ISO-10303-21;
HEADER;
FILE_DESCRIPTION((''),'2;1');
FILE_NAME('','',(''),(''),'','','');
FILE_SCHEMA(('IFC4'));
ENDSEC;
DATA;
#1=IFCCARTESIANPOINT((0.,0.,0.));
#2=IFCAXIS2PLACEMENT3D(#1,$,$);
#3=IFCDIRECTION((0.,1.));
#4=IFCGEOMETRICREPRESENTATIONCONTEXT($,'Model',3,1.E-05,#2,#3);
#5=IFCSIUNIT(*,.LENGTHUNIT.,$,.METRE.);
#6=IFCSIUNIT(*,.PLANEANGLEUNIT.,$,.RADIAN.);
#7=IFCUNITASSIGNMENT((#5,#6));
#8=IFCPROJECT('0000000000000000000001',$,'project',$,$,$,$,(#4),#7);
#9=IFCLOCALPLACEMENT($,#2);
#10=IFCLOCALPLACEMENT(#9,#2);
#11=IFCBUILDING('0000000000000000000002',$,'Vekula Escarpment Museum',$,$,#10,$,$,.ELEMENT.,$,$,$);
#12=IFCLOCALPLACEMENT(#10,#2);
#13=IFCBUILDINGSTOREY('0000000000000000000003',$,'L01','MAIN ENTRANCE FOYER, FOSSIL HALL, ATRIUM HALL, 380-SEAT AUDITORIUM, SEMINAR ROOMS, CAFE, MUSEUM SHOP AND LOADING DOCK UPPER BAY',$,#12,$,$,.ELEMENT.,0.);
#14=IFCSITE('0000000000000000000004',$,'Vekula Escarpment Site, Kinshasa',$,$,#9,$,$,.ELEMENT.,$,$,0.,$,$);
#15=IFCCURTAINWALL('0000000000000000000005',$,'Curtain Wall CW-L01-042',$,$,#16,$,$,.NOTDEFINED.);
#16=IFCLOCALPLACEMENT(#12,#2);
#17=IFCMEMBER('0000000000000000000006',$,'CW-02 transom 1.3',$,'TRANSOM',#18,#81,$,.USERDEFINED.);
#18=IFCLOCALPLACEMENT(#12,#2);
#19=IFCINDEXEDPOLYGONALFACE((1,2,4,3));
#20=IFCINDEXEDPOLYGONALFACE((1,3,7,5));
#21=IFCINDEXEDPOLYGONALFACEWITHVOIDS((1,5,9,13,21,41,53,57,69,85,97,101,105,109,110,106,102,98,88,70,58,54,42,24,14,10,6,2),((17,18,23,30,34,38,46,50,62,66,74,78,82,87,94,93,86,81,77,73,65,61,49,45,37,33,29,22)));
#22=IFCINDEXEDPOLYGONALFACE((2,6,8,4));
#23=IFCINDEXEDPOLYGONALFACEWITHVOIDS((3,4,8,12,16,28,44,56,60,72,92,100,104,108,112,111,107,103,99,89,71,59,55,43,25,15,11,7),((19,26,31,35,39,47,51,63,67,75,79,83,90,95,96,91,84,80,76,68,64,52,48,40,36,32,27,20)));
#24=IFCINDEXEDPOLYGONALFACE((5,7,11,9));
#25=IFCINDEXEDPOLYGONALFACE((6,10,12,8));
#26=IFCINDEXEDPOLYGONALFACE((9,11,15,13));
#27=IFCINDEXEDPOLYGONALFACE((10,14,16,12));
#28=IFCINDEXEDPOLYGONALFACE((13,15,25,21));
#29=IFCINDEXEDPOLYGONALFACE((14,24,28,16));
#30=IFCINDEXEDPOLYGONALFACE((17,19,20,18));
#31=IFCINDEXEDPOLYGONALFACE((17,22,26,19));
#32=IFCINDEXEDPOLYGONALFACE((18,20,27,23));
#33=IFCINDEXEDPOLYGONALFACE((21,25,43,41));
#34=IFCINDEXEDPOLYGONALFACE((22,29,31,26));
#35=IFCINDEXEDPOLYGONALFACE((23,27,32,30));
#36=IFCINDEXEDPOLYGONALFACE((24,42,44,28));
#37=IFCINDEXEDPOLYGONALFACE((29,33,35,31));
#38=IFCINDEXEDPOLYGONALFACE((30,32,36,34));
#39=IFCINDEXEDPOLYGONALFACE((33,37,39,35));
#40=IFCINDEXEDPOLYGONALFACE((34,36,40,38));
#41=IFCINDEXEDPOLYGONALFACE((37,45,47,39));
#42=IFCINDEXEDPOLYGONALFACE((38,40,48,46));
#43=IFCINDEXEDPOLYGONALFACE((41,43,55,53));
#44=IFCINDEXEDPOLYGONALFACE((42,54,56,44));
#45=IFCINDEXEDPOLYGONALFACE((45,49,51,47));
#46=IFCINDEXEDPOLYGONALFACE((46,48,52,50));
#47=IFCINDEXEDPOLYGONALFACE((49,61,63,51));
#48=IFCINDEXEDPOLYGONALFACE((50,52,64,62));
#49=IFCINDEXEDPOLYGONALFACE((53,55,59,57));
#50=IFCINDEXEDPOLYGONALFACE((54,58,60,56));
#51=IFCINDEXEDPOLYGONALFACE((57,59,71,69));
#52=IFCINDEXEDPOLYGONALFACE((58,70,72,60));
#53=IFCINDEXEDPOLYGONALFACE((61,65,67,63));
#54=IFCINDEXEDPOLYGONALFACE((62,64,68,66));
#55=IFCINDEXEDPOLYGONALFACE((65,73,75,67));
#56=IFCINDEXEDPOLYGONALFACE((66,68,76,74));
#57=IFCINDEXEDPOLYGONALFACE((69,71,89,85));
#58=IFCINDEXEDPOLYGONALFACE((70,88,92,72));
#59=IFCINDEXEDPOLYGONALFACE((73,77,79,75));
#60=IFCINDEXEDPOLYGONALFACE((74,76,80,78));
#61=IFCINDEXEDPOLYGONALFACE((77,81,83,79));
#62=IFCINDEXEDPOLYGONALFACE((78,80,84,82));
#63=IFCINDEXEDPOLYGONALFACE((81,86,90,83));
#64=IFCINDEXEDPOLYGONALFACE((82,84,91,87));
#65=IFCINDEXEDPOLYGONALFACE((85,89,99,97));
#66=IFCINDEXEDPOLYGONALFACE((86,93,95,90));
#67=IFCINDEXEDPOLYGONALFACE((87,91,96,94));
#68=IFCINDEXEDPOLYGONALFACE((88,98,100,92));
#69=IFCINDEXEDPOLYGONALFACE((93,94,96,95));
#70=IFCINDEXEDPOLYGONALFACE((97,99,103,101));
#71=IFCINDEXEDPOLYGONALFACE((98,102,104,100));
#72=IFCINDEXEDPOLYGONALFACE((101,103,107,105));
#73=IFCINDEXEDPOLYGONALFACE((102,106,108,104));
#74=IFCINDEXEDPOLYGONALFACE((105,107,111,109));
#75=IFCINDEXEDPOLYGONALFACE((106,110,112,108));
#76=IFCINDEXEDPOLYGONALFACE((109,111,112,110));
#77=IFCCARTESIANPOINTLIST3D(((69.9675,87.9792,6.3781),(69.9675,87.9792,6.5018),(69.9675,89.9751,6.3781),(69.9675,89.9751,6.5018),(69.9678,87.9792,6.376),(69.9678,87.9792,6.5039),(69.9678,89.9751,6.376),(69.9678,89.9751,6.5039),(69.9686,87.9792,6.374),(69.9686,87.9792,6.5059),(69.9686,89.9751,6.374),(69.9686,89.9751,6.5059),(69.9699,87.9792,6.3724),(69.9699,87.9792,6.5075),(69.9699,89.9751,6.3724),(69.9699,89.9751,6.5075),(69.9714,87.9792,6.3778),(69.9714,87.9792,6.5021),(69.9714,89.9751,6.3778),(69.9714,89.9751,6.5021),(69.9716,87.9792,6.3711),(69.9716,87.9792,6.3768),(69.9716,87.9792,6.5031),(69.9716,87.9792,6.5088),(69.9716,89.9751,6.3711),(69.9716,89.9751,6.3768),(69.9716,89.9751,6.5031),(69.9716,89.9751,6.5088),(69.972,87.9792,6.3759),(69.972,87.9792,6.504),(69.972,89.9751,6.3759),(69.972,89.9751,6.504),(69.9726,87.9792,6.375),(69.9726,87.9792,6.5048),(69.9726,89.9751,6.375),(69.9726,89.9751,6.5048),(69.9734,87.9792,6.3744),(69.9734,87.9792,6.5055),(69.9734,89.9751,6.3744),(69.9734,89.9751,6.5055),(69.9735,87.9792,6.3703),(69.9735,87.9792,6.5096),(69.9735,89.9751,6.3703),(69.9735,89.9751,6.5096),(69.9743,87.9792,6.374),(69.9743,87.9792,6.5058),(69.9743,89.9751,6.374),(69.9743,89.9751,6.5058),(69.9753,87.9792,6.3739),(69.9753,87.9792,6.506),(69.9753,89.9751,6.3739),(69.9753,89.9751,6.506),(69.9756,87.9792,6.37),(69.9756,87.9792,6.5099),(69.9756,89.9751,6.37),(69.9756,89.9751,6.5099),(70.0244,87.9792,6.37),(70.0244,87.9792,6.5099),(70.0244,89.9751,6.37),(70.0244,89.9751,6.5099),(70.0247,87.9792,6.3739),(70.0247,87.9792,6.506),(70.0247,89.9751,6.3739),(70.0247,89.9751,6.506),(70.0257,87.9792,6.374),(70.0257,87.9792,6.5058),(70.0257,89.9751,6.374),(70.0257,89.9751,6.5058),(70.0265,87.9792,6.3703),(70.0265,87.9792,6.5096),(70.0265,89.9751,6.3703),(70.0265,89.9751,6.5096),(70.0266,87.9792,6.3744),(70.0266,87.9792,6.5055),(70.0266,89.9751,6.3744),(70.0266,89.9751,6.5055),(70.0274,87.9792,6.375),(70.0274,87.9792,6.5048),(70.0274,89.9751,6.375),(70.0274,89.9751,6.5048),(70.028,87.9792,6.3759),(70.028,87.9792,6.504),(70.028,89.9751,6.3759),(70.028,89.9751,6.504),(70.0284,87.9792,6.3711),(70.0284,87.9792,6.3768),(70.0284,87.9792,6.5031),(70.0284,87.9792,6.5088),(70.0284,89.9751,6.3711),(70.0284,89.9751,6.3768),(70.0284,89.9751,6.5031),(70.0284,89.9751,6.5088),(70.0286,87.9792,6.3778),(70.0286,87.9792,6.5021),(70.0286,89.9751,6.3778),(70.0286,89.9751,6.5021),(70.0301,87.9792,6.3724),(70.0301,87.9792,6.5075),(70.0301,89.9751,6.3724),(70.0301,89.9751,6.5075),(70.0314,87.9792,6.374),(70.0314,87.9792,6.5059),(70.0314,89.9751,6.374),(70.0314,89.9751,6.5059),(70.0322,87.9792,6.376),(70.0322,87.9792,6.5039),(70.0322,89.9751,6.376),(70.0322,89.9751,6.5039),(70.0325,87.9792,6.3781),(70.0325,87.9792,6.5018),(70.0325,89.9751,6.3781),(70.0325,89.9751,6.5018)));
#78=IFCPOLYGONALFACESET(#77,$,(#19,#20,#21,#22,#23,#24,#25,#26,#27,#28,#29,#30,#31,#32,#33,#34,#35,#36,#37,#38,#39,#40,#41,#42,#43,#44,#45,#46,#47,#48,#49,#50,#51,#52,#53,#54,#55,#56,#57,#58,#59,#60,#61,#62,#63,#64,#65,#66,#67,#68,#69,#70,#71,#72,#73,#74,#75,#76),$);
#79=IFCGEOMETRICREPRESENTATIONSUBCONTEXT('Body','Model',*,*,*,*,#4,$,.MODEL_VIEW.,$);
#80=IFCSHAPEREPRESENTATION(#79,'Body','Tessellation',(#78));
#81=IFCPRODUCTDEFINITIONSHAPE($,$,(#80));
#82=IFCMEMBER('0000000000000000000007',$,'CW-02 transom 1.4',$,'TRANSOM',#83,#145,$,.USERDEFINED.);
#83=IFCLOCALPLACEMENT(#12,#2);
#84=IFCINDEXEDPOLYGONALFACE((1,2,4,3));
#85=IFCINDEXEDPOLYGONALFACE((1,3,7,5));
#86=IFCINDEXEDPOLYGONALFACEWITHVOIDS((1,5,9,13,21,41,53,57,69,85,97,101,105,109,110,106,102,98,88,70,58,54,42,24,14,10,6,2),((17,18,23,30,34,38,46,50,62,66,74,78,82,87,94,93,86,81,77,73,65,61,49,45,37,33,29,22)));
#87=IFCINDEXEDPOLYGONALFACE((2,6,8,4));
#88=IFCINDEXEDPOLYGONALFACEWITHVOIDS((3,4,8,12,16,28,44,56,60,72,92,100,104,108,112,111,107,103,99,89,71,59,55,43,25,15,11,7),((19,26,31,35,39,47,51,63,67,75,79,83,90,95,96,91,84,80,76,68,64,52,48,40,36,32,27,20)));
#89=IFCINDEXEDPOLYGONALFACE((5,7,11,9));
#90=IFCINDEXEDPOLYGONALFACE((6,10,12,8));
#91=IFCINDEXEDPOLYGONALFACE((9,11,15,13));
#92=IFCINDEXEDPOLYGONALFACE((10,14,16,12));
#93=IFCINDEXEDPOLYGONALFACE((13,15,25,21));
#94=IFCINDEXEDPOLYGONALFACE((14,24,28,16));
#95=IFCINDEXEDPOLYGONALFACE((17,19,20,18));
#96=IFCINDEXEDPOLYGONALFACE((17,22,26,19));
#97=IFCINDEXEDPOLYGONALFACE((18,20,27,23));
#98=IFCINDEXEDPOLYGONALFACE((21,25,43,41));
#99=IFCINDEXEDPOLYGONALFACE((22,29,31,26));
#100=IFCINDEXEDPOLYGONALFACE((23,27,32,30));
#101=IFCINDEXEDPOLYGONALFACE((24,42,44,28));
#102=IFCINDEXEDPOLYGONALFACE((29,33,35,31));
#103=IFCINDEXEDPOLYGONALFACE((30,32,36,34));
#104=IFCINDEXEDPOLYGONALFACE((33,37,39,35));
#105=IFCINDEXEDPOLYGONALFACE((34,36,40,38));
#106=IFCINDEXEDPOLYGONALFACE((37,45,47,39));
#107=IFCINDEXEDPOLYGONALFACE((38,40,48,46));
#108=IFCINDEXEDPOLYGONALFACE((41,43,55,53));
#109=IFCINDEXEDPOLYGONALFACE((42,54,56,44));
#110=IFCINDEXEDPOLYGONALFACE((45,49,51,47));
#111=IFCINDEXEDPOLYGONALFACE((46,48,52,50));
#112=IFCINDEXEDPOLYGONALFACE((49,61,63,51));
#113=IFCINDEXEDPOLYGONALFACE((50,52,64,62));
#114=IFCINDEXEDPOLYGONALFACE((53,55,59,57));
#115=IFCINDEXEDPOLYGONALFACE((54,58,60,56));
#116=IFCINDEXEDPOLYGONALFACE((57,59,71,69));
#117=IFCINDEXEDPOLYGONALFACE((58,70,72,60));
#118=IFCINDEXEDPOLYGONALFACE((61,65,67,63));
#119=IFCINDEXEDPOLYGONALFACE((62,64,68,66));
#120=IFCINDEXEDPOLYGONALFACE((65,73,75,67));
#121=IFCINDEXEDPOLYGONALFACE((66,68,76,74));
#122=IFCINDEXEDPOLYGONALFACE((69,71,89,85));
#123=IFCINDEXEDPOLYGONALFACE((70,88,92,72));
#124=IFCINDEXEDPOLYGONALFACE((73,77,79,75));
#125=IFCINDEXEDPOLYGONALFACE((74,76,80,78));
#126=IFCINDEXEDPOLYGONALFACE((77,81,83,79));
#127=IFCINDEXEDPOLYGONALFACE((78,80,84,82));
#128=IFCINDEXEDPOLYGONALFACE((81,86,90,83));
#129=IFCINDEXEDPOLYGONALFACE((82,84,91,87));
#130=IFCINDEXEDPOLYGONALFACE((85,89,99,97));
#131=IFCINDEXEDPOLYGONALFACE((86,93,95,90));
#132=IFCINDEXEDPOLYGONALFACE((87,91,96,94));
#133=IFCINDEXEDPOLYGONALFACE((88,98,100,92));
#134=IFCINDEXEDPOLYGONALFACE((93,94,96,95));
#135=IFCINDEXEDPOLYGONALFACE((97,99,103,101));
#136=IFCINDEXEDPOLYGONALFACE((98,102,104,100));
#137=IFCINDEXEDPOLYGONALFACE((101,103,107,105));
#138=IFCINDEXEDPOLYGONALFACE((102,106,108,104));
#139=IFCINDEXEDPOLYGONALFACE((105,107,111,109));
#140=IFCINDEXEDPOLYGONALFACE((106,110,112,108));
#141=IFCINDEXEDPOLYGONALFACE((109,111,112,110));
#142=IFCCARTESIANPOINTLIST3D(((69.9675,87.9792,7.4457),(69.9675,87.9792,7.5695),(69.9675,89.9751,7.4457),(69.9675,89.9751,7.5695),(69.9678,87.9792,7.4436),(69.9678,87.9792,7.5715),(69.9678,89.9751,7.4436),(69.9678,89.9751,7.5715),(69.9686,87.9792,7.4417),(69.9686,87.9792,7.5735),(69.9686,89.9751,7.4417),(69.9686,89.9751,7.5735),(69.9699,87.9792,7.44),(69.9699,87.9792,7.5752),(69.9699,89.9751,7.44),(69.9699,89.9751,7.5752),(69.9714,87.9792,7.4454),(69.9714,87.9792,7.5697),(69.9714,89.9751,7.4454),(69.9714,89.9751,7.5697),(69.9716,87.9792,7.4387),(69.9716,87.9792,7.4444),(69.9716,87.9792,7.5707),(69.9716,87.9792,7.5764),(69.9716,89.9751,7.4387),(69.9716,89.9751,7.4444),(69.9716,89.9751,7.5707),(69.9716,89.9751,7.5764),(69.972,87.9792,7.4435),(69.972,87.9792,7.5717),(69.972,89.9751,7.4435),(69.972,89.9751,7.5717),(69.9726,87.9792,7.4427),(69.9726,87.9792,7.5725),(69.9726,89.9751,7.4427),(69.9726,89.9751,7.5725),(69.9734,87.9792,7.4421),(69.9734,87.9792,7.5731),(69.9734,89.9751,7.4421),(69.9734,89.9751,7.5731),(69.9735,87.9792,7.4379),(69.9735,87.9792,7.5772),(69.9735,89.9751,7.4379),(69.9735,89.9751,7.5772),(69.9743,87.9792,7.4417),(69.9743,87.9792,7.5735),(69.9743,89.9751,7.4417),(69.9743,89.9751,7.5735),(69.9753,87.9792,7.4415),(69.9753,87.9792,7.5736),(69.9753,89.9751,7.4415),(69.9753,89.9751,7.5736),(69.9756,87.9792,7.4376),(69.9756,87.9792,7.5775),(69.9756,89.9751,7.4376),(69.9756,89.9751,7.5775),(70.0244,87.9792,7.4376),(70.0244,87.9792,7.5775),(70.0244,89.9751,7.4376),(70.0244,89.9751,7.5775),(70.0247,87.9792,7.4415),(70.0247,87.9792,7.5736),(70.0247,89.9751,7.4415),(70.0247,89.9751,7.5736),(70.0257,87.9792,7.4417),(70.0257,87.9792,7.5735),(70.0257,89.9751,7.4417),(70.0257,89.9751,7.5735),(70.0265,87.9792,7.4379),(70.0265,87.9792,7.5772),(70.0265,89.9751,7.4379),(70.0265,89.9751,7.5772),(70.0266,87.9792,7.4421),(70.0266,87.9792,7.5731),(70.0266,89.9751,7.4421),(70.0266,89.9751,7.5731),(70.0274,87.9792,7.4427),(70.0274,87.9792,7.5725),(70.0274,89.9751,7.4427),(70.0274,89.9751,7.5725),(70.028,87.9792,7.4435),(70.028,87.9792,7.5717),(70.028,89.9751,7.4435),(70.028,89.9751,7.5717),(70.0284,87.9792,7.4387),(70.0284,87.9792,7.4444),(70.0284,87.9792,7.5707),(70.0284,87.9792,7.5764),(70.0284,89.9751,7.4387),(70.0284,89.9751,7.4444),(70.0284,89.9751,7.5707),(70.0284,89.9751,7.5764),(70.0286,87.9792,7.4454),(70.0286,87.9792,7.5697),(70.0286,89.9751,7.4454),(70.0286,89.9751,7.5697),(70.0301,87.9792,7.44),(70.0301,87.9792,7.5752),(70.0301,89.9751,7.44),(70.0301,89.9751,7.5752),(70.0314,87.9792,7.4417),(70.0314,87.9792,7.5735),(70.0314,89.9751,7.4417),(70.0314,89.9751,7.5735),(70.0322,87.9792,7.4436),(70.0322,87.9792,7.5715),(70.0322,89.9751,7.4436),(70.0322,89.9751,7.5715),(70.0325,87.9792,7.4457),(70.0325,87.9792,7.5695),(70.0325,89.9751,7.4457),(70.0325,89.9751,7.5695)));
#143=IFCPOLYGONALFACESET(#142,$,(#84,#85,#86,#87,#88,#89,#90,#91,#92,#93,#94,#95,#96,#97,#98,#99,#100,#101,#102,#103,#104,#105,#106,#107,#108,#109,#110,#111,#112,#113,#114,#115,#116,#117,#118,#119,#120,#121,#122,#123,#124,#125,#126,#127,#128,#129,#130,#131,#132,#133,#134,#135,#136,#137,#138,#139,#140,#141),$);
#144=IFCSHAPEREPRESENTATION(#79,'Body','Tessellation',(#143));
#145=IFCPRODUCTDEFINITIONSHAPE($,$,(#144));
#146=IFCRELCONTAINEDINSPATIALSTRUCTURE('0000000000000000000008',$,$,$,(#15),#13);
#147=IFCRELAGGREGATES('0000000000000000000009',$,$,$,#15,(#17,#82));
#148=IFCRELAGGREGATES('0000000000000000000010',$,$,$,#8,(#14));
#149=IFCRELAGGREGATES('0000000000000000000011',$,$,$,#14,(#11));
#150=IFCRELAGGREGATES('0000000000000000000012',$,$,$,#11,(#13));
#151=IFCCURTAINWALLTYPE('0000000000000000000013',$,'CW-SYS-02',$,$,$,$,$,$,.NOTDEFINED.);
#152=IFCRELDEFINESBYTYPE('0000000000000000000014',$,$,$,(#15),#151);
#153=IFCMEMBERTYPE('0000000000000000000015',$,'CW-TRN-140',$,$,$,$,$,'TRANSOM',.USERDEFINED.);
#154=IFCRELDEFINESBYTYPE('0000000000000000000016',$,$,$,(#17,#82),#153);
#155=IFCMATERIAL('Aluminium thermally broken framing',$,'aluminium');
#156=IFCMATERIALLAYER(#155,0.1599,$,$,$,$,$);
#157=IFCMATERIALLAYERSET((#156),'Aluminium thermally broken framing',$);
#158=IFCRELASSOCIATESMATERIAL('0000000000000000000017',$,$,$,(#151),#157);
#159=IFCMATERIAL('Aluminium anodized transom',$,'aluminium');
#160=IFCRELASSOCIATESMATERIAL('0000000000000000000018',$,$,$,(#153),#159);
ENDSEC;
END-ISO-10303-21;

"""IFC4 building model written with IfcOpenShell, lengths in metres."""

from ifc_helpers import new_model, si_unit, direction, frame, origin, origin_2d, place, context, subcontext, project, spatial, hollow_rectangle, extrude, material, layer, layer_set, material_profile, profile_set, type_object, element, aggregate, save


model = new_model("IFC4")

# Units and contexts
model_context = context("Model", 3, precision=1e-05, world=origin(), true_north=direction((0.0, 1.0)))
body_context = subcontext(model_context, "Body", "Model", "MODEL_VIEW")
ifc_project = project(units=[si_unit("LENGTHUNIT", "METRE"), si_unit("PLANEANGLEUNIT", "RADIAN")], contexts=[model_context])

# Site, building, storey
site_placement = place(None, origin())
site = spatial("IfcSite", under=ifc_project, at=site_placement, Name="Vekula Escarpment Site, Kinshasa", CompositionType="ELEMENT", RefElevation=0.0)
building_placement = place(site_placement, origin())
building = spatial("IfcBuilding", under=site, at=building_placement, Name="Vekula Escarpment Museum", CompositionType="ELEMENT")
storey_placement = place(building_placement, origin())
storey = spatial("IfcBuildingStorey", under=building, at=storey_placement, Name="L01", Description="MAIN ENTRANCE FOYER, FOSSIL HALL, ATRIUM HALL, 380-SEAT AUDITORIUM, SEMINAR ROOMS, CAFE, MUSEUM SHOP AND LOADING DOCK UPPER BAY", CompositionType="ELEMENT", Elevation=0.0)

# Curtain wall, members
ifc_material_1 = material(Name="Aluminium thermally broken framing", Category="aluminium")
ifc_layer_1 = layer(ifc_material_1, 0.1599)
ifc_layer_set_1 = layer_set([ifc_layer_1], Name="Aluminium thermally broken framing")
curtain_wall_type = type_object("IfcCurtainWallType", Name="CW-SYS-02", PredefinedType="NOTDEFINED", material=ifc_layer_set_1)
curtain_wall_placement = place(storey_placement, origin())
curtain_wall = element("IfcCurtainWall", 1, at=curtain_wall_placement, inside=storey, type_object=curtain_wall_type, Name="Curtain Wall CW-L01-042", PredefinedType="NOTDEFINED")
ifc_material_2 = material(Name="Aluminium anodized transom", Category="aluminium")
ifc_material_profile_1 = material_profile(ifc_material_2, hollow_rectangle(XDim=0.0649, YDim=0.1399, WallThickness=0.0039, InnerFilletRadius=0.0039, OuterFilletRadius=0.0081, at=origin_2d()), Name="ALU 140x65x4")
ifc_profile_set_1 = profile_set([ifc_material_profile_1], Name="Aluminium anodized transom")
member_type_1 = type_object("IfcMemberType", Name="CW-TRN-140", ElementType="TRANSOM", PredefinedType="USERDEFINED", material=ifc_profile_set_1)
member_1_placement = place(storey_placement, frame((70.0, 89.9751, 6.4399), z_axis=(0.0, -1.0, 0.0), x_axis=(1.0, 0.0, 0.0)))
member_1 = element("IfcMember", 2, at=member_1_placement, type_object=member_type_1, Name="CW-02 transom 1.3", ObjectType="TRANSOM", PredefinedType="USERDEFINED", context=body_context, shape_type="SweptSolid", body=[
    extrude(hollow_rectangle(XDim=0.0649, YDim=0.1399, WallThickness=0.0039, InnerFilletRadius=0.0039, OuterFilletRadius=0.0081, at=origin_2d()), origin(), (0.0, 0.0, 1.0), 1.9958),
])
member_2_placement = place(storey_placement, frame((70.0, 89.9751, 7.5076), z_axis=(0.0, -1.0, 0.0), x_axis=(1.0, 0.0, 0.0)))
member_2 = element("IfcMember", 3, at=member_2_placement, type_object=member_type_1, Name="CW-02 transom 1.4", ObjectType="TRANSOM", PredefinedType="USERDEFINED", context=body_context, shape_type="SweptSolid", body=[
    extrude(hollow_rectangle(XDim=0.0649, YDim=0.1399, WallThickness=0.0039, InnerFilletRadius=0.0039, OuterFilletRadius=0.0081, at=origin_2d()), origin(), (0.0, 0.0, 1.0), 1.9958),
])

aggregate(curtain_wall, [member_1, member_2])

save(model, "model.ifc")
